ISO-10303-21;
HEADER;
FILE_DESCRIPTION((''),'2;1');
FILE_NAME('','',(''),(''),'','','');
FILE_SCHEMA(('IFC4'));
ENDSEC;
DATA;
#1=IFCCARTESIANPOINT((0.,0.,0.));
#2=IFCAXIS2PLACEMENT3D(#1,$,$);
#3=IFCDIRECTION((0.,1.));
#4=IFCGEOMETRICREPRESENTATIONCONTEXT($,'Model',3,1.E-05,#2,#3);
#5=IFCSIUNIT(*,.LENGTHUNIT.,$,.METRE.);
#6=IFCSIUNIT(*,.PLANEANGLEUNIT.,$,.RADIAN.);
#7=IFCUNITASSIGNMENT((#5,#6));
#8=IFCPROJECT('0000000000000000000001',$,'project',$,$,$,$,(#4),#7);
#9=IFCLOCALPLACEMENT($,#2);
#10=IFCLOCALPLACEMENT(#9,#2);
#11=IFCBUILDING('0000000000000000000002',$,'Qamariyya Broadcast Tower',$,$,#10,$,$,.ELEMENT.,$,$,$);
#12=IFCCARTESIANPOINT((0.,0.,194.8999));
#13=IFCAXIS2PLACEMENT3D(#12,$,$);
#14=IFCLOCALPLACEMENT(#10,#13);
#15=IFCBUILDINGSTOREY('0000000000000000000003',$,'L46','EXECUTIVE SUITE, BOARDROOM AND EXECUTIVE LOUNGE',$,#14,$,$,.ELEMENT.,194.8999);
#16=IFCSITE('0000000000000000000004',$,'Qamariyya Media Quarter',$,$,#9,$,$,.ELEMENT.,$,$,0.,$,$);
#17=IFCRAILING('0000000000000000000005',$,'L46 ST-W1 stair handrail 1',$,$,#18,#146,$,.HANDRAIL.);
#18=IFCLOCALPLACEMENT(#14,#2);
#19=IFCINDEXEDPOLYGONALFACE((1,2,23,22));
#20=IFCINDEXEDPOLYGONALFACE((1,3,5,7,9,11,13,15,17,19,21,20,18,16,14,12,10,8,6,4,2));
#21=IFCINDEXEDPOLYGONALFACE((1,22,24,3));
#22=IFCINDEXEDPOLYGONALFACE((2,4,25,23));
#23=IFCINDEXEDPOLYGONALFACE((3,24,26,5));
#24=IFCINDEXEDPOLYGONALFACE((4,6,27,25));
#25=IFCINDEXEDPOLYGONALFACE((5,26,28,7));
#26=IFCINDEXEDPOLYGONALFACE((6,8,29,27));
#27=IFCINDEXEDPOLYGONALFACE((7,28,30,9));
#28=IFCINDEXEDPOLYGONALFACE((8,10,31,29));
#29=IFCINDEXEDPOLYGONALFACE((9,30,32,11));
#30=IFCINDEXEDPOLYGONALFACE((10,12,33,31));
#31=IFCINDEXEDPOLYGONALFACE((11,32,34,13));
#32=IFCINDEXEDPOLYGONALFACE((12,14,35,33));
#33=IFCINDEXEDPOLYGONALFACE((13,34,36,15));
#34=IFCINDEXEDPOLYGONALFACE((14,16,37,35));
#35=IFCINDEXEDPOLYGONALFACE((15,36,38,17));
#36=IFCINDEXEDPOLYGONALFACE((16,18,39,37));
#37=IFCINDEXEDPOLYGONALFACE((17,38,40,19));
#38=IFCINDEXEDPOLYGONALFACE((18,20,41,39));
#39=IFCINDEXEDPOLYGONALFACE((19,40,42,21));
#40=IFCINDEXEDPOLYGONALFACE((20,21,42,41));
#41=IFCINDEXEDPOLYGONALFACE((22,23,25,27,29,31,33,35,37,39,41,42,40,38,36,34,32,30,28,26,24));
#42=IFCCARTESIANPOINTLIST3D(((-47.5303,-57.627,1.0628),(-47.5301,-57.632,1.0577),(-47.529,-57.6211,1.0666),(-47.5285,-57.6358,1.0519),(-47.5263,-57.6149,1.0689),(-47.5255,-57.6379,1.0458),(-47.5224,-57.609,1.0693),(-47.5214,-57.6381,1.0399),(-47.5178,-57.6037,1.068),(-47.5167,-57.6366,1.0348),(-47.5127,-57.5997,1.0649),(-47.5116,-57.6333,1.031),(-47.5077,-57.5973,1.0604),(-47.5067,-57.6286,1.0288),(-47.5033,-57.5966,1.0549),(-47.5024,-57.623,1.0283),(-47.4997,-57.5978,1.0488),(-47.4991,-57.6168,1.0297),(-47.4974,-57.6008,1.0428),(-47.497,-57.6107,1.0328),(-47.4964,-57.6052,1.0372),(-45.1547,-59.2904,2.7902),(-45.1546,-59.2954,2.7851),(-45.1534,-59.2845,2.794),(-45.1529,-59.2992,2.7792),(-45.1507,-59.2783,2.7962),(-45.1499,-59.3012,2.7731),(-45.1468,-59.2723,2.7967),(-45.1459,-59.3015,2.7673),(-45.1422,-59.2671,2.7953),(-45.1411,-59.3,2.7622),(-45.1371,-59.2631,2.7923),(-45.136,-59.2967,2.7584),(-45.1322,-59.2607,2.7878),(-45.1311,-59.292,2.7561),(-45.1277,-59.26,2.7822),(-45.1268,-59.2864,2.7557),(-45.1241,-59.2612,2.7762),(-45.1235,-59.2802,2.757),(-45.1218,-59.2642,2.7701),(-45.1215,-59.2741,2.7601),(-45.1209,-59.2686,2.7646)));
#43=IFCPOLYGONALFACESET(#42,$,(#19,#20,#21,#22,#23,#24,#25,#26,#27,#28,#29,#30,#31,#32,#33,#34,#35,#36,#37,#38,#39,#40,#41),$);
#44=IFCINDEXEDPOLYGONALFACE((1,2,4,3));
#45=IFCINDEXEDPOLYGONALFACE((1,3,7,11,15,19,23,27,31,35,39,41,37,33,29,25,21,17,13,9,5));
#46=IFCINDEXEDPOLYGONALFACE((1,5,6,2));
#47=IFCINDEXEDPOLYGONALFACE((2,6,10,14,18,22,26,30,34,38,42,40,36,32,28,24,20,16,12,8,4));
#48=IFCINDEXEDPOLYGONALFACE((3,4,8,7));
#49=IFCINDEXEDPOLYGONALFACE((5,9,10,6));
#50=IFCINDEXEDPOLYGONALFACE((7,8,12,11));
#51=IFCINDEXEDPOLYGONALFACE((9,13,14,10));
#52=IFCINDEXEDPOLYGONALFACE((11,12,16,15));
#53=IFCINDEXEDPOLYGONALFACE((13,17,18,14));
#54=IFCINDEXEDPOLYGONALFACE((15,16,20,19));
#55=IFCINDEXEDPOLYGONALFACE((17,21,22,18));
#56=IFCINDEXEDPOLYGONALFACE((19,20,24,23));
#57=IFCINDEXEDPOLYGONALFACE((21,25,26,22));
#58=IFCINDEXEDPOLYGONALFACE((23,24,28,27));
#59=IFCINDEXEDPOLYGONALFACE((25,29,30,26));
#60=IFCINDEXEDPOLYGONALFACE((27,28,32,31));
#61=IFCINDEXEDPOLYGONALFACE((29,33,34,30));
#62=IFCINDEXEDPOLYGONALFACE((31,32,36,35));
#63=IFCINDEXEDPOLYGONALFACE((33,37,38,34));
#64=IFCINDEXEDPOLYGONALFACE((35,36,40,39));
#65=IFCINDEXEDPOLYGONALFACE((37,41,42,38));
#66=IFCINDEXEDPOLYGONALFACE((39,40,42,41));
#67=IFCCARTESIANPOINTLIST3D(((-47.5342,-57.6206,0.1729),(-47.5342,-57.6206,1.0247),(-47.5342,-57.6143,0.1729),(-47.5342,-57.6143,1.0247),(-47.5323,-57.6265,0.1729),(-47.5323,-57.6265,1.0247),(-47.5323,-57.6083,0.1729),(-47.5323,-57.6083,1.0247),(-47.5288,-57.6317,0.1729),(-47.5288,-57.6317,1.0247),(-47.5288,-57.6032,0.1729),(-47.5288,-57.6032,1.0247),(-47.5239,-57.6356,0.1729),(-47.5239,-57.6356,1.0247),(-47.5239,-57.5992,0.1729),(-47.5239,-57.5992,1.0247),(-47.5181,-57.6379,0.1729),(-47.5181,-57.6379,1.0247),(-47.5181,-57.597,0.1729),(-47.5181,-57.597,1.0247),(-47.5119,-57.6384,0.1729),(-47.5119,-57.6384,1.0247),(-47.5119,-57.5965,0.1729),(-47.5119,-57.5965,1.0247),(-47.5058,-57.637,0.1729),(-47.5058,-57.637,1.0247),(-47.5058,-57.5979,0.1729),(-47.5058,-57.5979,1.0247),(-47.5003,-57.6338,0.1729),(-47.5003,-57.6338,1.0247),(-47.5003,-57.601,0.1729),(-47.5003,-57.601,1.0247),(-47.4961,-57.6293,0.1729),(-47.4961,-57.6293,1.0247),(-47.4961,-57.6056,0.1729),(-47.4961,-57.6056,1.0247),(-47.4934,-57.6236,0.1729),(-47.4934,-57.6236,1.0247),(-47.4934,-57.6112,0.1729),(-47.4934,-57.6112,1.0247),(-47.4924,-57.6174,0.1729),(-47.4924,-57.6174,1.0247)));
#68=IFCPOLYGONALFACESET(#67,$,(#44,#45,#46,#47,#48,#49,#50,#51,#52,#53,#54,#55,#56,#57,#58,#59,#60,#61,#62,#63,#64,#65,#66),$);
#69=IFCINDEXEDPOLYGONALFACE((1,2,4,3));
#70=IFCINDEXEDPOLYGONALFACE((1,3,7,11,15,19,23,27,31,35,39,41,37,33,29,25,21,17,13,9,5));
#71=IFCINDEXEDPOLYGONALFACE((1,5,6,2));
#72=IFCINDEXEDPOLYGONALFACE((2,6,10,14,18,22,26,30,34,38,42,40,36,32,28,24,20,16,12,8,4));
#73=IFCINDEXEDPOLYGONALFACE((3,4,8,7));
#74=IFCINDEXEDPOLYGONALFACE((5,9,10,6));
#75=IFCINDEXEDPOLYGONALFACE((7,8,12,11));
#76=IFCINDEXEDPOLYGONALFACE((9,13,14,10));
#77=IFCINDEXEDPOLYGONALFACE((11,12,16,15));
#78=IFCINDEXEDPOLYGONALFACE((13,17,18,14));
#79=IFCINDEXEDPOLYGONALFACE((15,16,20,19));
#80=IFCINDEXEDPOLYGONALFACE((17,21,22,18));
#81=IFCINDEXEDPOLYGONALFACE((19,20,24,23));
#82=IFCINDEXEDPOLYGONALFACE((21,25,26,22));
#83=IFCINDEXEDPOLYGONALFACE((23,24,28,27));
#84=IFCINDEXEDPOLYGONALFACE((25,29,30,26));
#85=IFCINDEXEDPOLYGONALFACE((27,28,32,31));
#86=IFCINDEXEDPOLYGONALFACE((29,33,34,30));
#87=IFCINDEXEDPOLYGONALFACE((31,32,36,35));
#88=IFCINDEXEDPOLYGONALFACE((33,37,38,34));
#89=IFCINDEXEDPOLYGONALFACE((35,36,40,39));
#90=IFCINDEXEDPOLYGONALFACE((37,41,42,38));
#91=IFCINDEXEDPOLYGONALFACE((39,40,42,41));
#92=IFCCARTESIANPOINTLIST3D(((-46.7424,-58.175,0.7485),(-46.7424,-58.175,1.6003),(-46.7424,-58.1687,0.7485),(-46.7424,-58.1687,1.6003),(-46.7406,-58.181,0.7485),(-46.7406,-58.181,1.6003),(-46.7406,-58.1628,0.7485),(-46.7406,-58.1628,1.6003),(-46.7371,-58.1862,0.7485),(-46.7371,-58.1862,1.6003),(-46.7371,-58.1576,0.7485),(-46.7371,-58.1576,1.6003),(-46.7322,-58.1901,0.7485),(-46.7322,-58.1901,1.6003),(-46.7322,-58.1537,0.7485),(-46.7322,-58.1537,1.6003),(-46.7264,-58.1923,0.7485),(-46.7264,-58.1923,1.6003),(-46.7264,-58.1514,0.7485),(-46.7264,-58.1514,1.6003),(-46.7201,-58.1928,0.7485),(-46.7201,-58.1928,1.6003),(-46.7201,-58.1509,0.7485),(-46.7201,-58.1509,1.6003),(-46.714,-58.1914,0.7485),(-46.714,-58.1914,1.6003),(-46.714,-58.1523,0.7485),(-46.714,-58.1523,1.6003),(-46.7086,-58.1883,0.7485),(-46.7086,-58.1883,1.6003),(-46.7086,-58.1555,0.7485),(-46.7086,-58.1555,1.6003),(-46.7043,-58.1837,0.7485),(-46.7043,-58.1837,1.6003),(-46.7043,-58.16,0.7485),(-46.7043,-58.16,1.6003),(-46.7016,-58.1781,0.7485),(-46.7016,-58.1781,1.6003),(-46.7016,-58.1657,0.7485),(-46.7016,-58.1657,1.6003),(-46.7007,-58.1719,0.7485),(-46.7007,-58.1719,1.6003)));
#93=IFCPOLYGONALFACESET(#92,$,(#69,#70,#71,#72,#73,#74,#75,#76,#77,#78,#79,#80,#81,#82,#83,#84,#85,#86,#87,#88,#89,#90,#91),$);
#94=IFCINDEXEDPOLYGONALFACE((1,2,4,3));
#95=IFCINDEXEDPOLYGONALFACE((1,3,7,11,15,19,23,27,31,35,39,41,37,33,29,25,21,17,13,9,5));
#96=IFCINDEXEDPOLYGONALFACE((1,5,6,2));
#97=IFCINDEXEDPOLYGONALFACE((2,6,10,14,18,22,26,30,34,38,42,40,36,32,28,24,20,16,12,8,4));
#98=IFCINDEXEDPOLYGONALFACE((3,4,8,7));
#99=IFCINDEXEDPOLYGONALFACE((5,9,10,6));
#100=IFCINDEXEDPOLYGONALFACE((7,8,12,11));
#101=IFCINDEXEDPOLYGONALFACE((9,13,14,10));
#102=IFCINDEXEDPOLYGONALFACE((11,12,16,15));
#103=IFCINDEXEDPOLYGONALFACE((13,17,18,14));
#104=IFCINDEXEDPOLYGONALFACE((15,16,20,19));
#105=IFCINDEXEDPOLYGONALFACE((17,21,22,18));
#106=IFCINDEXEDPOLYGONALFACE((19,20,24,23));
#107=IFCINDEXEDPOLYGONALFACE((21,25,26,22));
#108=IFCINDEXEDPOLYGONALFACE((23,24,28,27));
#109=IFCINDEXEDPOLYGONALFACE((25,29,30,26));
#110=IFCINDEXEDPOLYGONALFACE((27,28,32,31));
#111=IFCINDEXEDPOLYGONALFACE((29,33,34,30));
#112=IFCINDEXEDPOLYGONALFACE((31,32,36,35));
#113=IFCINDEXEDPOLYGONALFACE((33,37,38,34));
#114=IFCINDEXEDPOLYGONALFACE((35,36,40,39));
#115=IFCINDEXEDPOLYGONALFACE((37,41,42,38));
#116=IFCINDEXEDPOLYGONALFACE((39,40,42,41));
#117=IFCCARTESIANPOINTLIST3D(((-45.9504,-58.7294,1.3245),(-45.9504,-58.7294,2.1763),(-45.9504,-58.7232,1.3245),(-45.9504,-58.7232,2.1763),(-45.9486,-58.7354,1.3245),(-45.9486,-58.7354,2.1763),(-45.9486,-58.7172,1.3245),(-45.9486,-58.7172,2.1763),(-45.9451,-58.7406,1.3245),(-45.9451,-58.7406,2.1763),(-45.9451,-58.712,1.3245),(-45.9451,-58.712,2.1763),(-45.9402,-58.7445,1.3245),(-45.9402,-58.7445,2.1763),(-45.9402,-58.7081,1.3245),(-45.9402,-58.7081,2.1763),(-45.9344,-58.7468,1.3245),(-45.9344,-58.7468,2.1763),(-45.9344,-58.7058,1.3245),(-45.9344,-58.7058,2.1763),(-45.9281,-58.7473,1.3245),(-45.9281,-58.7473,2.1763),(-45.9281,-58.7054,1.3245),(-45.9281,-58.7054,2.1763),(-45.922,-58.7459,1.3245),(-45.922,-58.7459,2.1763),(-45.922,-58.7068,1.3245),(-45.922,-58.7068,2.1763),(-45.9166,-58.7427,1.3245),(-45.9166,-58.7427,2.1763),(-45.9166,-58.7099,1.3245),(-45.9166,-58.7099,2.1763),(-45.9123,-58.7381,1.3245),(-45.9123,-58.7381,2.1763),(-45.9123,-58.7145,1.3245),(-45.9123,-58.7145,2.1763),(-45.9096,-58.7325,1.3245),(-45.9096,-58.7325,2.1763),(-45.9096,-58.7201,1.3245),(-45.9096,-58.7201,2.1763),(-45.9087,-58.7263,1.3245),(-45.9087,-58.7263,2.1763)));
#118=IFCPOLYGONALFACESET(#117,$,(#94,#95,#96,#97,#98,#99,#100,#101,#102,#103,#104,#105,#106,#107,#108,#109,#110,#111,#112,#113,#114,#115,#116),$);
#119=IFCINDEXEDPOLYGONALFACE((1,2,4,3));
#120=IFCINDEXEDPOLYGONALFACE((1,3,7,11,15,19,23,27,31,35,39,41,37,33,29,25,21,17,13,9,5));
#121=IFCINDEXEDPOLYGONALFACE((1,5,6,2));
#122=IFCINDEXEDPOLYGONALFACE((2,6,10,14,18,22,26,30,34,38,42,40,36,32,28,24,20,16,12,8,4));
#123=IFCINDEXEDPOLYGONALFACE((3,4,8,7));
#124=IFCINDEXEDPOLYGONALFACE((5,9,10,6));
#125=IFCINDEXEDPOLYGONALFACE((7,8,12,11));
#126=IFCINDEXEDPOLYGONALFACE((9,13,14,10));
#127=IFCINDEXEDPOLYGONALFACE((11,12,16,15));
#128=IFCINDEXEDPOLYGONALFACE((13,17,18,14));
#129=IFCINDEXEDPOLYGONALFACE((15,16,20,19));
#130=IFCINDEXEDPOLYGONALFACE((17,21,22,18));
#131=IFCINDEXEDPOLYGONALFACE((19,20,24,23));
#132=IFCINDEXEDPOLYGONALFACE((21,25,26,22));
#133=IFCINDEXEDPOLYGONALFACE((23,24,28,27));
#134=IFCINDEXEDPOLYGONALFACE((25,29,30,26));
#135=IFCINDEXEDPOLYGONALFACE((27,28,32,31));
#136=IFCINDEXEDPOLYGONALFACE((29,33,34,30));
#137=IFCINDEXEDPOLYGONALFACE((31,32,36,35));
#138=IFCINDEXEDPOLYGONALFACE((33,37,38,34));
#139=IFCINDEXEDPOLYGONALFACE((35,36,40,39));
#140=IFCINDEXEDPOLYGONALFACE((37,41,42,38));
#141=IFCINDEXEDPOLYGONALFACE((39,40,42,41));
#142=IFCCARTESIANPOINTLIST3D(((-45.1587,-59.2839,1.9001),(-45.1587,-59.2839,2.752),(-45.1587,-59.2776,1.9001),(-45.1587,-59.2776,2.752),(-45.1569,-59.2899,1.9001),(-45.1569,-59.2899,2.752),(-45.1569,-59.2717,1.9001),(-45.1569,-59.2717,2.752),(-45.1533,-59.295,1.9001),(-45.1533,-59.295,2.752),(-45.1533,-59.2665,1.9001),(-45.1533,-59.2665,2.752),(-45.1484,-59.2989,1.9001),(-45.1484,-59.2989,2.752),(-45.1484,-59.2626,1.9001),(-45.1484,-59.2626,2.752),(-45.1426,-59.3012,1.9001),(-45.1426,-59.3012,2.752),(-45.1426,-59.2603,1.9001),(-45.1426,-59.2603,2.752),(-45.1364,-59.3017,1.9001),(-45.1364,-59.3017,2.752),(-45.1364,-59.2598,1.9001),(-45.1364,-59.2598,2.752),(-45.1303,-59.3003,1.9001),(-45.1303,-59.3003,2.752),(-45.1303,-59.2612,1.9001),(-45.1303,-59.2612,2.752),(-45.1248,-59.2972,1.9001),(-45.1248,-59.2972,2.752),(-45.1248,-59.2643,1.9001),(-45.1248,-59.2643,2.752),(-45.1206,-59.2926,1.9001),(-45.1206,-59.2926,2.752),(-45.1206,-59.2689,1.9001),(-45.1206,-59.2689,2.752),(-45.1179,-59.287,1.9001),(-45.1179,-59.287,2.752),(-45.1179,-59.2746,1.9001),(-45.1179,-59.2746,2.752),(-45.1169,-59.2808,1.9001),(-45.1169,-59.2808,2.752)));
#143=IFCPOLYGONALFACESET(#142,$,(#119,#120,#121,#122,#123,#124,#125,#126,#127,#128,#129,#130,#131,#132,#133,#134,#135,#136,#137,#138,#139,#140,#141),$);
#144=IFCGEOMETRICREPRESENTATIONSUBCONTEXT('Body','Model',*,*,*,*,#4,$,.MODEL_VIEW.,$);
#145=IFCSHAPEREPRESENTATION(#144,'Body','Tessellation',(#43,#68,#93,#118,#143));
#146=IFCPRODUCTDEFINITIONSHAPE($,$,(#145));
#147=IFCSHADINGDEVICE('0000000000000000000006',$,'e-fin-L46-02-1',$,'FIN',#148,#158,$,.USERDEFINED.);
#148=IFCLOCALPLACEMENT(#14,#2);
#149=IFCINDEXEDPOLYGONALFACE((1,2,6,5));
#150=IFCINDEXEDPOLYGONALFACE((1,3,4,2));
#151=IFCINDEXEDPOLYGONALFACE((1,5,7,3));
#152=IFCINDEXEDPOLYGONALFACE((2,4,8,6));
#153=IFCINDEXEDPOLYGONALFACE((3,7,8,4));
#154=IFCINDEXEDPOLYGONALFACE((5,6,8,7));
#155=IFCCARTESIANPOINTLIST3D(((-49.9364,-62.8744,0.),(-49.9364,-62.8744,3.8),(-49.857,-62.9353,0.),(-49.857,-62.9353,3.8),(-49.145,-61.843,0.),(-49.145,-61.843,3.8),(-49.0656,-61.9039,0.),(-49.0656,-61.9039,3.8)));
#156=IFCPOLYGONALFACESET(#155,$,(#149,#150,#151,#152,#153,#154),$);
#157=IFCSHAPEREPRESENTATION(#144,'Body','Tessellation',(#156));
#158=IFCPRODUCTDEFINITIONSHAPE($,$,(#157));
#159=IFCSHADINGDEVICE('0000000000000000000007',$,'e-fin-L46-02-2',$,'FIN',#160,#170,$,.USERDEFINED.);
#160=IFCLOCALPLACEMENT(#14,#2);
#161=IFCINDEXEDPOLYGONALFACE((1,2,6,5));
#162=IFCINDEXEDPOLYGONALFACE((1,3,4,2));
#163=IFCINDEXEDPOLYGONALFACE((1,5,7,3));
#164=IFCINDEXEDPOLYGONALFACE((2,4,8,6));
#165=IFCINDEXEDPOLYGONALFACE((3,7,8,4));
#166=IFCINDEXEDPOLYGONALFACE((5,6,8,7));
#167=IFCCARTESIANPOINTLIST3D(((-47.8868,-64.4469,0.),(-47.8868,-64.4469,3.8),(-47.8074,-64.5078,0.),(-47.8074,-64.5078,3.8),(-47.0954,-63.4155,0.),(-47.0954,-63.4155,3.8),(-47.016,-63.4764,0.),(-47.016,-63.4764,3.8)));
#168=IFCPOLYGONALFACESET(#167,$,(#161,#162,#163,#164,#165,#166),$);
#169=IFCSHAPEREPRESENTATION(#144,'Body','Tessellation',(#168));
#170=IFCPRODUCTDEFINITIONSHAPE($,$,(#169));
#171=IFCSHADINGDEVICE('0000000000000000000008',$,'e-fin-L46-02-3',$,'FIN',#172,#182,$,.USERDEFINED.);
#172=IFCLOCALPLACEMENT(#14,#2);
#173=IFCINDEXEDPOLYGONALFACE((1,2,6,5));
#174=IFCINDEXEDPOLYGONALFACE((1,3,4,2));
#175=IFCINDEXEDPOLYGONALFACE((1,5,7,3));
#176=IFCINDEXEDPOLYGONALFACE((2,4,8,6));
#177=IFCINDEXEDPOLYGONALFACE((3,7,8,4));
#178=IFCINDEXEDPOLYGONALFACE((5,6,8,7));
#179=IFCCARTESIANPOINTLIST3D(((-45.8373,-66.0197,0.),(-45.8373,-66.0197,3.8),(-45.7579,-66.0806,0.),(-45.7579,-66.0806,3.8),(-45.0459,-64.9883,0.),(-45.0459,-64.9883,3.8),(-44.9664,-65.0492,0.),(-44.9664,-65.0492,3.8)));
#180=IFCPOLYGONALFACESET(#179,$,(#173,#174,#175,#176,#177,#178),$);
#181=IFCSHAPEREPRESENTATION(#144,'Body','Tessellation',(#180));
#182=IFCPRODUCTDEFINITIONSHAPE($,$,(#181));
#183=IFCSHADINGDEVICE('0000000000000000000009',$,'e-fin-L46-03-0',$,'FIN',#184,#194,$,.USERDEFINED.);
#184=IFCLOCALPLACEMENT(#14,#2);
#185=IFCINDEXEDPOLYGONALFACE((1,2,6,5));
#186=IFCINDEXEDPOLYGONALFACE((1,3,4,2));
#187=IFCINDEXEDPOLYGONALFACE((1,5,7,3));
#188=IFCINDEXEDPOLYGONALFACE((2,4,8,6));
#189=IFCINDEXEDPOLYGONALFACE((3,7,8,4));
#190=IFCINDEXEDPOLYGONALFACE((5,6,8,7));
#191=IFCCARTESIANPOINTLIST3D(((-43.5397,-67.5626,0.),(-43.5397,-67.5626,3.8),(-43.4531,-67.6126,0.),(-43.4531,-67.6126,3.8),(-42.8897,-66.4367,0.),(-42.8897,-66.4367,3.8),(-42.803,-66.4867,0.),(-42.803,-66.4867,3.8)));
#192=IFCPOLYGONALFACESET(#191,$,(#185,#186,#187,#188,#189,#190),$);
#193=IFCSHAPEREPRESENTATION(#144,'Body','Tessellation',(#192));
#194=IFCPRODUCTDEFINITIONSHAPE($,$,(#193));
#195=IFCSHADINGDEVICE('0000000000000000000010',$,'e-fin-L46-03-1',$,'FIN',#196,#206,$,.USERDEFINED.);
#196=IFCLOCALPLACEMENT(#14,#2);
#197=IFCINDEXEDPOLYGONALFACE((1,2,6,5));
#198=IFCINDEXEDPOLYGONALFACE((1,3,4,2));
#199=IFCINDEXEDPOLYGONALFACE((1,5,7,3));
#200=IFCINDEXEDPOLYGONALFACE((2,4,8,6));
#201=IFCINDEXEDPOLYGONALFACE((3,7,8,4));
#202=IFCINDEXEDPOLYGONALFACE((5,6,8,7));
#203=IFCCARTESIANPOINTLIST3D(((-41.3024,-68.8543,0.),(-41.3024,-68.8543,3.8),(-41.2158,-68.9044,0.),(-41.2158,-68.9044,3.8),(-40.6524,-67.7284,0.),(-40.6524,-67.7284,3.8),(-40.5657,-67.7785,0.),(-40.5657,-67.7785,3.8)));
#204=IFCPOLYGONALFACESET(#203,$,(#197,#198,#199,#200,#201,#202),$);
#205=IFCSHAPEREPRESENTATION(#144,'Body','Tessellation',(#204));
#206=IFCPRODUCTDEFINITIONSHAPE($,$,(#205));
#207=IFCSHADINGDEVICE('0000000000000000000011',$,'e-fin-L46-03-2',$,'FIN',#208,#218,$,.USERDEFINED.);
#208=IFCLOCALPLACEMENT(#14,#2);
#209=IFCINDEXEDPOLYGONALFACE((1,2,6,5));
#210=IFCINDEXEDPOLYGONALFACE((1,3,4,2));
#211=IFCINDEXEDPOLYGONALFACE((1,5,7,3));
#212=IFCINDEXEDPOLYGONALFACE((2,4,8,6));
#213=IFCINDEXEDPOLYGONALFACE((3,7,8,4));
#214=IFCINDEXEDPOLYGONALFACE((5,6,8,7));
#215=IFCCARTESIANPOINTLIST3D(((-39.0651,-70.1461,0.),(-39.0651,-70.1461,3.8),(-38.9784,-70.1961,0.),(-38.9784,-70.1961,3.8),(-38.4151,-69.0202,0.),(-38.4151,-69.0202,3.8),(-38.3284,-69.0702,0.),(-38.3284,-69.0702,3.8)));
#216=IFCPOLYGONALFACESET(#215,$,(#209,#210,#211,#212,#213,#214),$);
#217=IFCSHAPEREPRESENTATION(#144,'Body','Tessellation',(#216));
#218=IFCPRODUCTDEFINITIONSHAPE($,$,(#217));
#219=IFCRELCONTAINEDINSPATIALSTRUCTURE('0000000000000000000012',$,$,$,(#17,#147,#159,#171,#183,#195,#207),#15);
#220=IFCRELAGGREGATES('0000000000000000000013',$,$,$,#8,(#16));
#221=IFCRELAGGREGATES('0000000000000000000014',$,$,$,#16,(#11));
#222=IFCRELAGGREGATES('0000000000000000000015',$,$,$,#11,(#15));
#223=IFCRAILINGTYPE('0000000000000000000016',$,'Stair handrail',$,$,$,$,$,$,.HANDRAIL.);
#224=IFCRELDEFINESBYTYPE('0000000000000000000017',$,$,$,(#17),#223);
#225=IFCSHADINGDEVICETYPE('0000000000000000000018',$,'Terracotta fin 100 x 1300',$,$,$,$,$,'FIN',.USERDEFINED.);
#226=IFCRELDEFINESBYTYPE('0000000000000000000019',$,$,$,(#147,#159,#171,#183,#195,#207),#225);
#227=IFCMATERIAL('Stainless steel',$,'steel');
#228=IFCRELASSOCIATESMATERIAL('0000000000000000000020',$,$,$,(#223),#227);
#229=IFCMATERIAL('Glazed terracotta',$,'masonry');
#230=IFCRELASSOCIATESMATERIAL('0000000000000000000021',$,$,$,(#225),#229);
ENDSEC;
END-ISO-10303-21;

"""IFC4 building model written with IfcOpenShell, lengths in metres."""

from ifc_helpers import new_model, si_unit, direction, frame, origin, origin_2d, place, context, subcontext, project, spatial, rectangle, circle, extrude, material, material_profile, profile_set, type_object, element, save


model = new_model("IFC4")

# Units and contexts
model_context = context("Model", 3, precision=1e-05, world=origin(), true_north=direction((0.0, 1.0)))
body_context = subcontext(model_context, "Body", "Model", "MODEL_VIEW")
ifc_project = project(units=[si_unit("LENGTHUNIT", "METRE"), si_unit("PLANEANGLEUNIT", "RADIAN")], contexts=[model_context])

# Site, building, storey
site_placement = place(None, origin())
site = spatial("IfcSite", under=ifc_project, at=site_placement, Name="Qamariyya Media Quarter", CompositionType="ELEMENT", RefElevation=0.0)
building_placement = place(site_placement, origin())
building = spatial("IfcBuilding", under=site, at=building_placement, Name="Qamariyya Broadcast Tower", CompositionType="ELEMENT")
storey_placement = place(building_placement, frame((0.0, 0.0, 194.8999)))
storey = spatial("IfcBuildingStorey", under=building, at=storey_placement, Name="L46", Description="EXECUTIVE SUITE, BOARDROOM AND EXECUTIVE LOUNGE", CompositionType="ELEMENT", Elevation=194.8999)

# Railing
ifc_material_1 = material(Name="Stainless steel", Category="steel")
railing_type_1 = type_object("IfcRailingType", Name="Stair handrail", PredefinedType="HANDRAIL", material=ifc_material_1)
railing_1_placement = place(storey_placement, frame((-47.5134, -57.6174, 0.1729)))
element("IfcRailing", 1, at=railing_1_placement, inside=storey, type_object=railing_type_1, Name="L46 ST-W1 stair handrail 1", PredefinedType="HANDRAIL", context=body_context, shape_type="SweptSolid", body=[
    extrude(circle(Radius=0.0239, at=origin_2d()), frame((0.0, 0.0, 0.876), z_axis=(0.70377, -0.492784, 0.511734), x_axis=(0.573575, 0.819153, 0.0)), (0.0, 0.0, 1.0), 3.3755),
    extrude(circle(Radius=0.021, at=origin_2d()), origin(), (0.0, 0.0, 1.0), 0.8518),
    extrude(circle(Radius=0.021, at=origin_2d()), frame((0.7917, -0.5544, 0.5757)), (0.0, 0.0, 1.0), 0.8518),
    extrude(circle(Radius=0.021, at=origin_2d()), frame((1.5837, -1.1089, 1.1516)), (0.0, 0.0, 1.0), 0.8518),
    extrude(circle(Radius=0.021, at=origin_2d()), frame((2.3755, -1.6633, 1.7273)), (0.0, 0.0, 1.0), 0.8518),
])

# Shading devices
ifc_material_2 = material(Name="Glazed terracotta", Category="masonry")
ifc_material_profile_1 = material_profile(ifc_material_2, rectangle(XDim=1.3, YDim=0.1001, at=origin_2d()))
ifc_profile_set_1 = profile_set([ifc_material_profile_1], Name="Glazed terracotta")
shading_device_type_1 = type_object("IfcShadingDeviceType", Name="Terracotta fin 100 x 1300", ElementType="FIN", PredefinedType="USERDEFINED", material=ifc_profile_set_1)
for number, where, z_axis, x_axis, name in (
    (2, (-49.501, -62.3892, 0.0), (0.0, 0.0, 1.0), (-0.608761, -0.793353, 0.0), "e-fin-L46-02-1"),
    (3, (-47.4514, -63.9617, 0.0), (0.0, 0.0, 1.0), (-0.608761, -0.793353, 0.0), "e-fin-L46-02-2"),
    (4, (-45.4019, -65.5344, 0.0), (0.0, 0.0, 1.0), (-0.608761, -0.793353, 0.0), "e-fin-L46-02-3"),
    (5, (-43.1714, -67.0247, 0.0), (0.0, 0.0, 1.0), (-0.5, -0.866025, 0.0), "e-fin-L46-03-0"),
    (6, (-40.9341, -68.3164, 0.0), (0.0, 0.0, 1.0), (-0.5, -0.866025, 0.0), "e-fin-L46-03-1"),
    (7, (-38.6968, -69.6082, 0.0), (0.0, 0.0, 1.0), (-0.5, -0.866025, 0.0), "e-fin-L46-03-2"),
):
    element("IfcShadingDevice", number, at=place(storey_placement, frame(where, z_axis=z_axis, x_axis=x_axis)), inside=storey, type_object=shading_device_type_1, Name=name, ObjectType="FIN", PredefinedType="USERDEFINED", context=body_context, shape_type="SweptSolid", body=[
        extrude(rectangle(XDim=1.3, YDim=0.1001, at=origin_2d()), origin(), (0.0, 0.0, 1.0), 3.8),
    ])

save(model, "model.ifc")
